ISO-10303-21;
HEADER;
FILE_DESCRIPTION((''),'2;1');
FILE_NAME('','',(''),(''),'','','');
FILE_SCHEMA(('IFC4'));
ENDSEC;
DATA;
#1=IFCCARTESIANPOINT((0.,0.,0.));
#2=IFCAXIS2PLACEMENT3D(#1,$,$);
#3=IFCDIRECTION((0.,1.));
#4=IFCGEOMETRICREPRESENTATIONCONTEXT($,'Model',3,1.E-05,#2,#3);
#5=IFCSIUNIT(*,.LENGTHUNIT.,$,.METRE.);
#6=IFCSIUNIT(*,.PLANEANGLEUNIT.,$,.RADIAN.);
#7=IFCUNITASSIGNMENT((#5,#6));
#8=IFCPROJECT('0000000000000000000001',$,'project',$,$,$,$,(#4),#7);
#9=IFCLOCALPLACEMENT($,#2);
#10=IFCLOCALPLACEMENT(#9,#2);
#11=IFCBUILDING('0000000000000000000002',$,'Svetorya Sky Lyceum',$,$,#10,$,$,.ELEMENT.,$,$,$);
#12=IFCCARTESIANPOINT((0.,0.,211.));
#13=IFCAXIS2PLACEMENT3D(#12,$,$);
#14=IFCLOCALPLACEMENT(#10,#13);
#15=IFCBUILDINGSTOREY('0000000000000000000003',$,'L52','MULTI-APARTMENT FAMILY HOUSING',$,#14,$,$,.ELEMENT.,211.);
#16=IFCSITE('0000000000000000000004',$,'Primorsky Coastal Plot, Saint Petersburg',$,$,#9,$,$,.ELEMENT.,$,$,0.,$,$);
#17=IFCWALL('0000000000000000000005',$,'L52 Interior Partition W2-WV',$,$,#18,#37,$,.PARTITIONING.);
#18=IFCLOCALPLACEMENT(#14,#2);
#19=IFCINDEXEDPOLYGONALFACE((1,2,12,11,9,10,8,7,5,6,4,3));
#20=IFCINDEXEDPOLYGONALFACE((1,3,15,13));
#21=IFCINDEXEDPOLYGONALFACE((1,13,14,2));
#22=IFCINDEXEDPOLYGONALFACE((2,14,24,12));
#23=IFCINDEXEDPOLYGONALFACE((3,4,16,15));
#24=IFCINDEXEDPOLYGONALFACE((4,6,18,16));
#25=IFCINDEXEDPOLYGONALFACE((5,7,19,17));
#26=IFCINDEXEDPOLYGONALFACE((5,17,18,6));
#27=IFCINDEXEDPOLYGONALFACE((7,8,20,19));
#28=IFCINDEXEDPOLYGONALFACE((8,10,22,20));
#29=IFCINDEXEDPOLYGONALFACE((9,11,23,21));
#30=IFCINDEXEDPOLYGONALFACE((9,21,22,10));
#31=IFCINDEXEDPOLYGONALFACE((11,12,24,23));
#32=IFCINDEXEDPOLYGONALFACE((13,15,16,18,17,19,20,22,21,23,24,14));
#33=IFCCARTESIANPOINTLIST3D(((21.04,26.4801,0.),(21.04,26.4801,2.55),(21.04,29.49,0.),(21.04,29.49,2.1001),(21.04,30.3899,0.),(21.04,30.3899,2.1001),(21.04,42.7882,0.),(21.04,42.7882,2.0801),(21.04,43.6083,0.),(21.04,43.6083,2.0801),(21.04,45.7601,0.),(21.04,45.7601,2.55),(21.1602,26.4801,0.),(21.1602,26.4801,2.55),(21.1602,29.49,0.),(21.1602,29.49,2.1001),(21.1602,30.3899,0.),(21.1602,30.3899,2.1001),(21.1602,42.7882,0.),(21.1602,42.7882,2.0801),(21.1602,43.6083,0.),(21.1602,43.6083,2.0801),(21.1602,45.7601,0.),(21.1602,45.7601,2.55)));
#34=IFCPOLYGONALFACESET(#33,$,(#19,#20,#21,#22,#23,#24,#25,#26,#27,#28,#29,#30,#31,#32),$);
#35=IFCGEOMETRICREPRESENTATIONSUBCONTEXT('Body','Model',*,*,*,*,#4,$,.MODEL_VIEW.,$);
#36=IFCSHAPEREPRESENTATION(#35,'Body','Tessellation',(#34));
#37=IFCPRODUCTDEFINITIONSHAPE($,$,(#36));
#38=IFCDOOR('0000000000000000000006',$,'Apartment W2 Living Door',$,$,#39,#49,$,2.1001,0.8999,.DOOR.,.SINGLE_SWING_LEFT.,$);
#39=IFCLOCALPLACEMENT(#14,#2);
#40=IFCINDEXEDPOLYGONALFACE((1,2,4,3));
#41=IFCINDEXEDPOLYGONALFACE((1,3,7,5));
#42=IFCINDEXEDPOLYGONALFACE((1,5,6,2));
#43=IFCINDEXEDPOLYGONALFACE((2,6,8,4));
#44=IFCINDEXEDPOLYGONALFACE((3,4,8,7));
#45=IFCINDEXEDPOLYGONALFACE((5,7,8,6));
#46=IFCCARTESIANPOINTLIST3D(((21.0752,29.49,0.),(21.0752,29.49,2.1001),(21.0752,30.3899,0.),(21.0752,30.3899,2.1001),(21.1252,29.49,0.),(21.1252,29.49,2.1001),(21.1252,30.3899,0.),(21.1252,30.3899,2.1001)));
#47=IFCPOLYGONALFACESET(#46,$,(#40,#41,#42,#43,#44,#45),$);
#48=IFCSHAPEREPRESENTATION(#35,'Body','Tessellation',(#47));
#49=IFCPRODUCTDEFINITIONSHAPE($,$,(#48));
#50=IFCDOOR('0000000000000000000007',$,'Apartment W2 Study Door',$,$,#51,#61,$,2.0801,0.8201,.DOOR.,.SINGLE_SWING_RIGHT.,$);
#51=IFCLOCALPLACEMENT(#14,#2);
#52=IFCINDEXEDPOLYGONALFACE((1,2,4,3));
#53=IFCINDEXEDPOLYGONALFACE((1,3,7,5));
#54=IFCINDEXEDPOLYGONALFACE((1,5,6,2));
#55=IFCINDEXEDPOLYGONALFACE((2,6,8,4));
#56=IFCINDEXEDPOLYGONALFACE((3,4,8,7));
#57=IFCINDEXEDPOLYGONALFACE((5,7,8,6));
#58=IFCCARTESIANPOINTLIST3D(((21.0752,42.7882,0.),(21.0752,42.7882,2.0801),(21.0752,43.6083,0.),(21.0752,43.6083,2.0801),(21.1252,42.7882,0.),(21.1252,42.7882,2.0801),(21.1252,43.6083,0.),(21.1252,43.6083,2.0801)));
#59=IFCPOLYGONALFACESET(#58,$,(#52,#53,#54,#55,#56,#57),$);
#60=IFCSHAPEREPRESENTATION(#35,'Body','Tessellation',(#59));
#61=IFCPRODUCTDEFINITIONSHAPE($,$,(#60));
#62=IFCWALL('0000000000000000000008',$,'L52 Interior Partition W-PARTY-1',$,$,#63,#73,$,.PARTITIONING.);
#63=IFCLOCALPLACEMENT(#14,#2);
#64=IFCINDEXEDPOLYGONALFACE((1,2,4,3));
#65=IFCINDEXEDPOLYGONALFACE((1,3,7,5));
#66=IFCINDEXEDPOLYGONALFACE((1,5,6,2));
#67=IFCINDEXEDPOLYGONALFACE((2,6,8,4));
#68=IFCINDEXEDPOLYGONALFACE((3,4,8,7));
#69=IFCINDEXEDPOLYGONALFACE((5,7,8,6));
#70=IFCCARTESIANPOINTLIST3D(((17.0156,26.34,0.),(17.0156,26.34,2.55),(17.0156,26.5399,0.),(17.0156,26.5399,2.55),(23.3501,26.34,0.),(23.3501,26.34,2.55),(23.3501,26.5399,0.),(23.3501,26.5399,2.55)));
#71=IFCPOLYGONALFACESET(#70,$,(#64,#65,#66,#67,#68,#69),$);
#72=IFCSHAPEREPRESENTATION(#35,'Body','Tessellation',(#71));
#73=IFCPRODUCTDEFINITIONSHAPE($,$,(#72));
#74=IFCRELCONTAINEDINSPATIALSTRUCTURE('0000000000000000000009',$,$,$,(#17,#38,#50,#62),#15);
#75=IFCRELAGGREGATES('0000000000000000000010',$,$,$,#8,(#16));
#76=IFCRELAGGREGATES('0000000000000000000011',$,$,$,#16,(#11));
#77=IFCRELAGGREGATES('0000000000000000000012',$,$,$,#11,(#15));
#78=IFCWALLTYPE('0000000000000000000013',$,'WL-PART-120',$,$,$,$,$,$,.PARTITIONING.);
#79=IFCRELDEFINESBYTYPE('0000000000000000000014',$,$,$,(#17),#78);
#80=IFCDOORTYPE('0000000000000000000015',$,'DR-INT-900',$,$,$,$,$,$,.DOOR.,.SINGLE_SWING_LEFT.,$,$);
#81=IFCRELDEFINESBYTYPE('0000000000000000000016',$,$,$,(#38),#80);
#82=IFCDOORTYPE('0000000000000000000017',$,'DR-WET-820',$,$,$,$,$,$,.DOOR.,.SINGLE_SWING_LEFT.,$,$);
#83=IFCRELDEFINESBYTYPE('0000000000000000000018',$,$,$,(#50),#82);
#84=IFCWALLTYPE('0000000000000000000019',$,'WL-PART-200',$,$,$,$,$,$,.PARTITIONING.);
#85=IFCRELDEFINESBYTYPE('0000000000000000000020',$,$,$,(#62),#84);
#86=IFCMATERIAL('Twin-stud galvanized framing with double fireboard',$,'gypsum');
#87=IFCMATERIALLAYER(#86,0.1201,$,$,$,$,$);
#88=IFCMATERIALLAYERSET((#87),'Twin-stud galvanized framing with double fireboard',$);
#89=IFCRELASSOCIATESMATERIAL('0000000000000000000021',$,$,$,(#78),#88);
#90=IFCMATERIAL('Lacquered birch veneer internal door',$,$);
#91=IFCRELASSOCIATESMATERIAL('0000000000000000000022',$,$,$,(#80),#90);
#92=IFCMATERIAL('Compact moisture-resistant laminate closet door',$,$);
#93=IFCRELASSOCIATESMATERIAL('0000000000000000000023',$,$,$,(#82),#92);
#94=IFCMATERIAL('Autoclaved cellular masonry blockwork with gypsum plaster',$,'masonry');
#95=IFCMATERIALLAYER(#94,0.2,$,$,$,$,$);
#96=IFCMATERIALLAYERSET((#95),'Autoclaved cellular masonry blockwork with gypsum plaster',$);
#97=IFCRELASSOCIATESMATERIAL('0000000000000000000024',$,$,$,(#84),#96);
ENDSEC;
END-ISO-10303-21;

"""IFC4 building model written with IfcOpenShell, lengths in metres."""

from ifc_helpers import new_model, si_unit, direction, frame, frame_2d, origin, place, context, subcontext, project, spatial, rectangle, extrude, material, layer, layer_set, type_object, element, fill, save


model = new_model("IFC4")

# Units and contexts
model_context = context("Model", 3, precision=1e-05, world=origin(), true_north=direction((0.0, 1.0)))
body_context = subcontext(model_context, "Body", "Model", "MODEL_VIEW")
ifc_project = project(units=[si_unit("LENGTHUNIT", "METRE"), si_unit("PLANEANGLEUNIT", "RADIAN")], contexts=[model_context])

# Site, building, storey
site_placement = place(None, origin())
site = spatial("IfcSite", under=ifc_project, at=site_placement, Name="Primorsky Coastal Plot, Saint Petersburg", CompositionType="ELEMENT", RefElevation=0.0)
building_placement = place(site_placement, origin())
building = spatial("IfcBuilding", under=site, at=building_placement, Name="Svetorya Sky Lyceum", CompositionType="ELEMENT")
storey_placement = place(building_placement, frame((0.0, 0.0, 211.0)))
storey = spatial("IfcBuildingStorey", under=building, at=storey_placement, Name="L52", Description="MULTI-APARTMENT FAMILY HOUSING", CompositionType="ELEMENT", Elevation=211.0)

# Shared definitions
ifc_material_1 = material(Name="Twin-stud galvanized framing with double fireboard", Category="gypsum")
ifc_layer_1 = layer(ifc_material_1, 0.1201)
ifc_layer_set_1 = layer_set([ifc_layer_1], Name="Twin-stud galvanized framing with double fireboard")
wall_type_1 = type_object("IfcWallType", Name="WL-PART-120", PredefinedType="PARTITIONING", material=ifc_layer_set_1)

# Shared definitions
ifc_material_2 = material(Name="Lacquered birch veneer internal door")
door_type_1 = type_object("IfcDoorType", Name="DR-INT-900", OperationType="SINGLE_SWING_LEFT", PredefinedType="DOOR", material=ifc_material_2)

# Wall, openings, doors
wall_1_placement = place(storey_placement, frame((21.1001, 26.48, 0.0), z_axis=(0.0, 0.0, 1.0), x_axis=(0.0, 1.0, 0.0)))
wall_1 = element("IfcWall", 1, at=wall_1_placement, inside=storey, type_object=wall_type_1, Name="L52 Interior Partition W2-WV", PredefinedType="PARTITIONING", context=body_context, shape_type="SweptSolid", body=[
    extrude(rectangle(XDim=19.28, YDim=0.1201, at=frame_2d((9.6401, 0.0))), origin(), (0.0, 0.0, 1.0), 2.55),
])
opening_1_placement = place(wall_1_placement, frame((3.01, 0.0, 0.0)))
opening_1 = element("IfcOpeningElement", 2, at=opening_1_placement, cuts=wall_1, PredefinedType="OPENING", context=body_context, shape_type="SweptSolid", body=[
    extrude(rectangle(XDim=0.8999, YDim=2.1001, at=frame_2d((0.45, 1.05))), frame((0.0, 0.0701, 0.0), z_axis=(0.0, -1.0, 0.0), x_axis=(1.0, 0.0, 0.0)), (0.0, 0.0, 1.0), 0.1401),
])
opening_2_placement = place(wall_1_placement, frame((16.3081, 0.0, 0.0)))
opening_2 = element("IfcOpeningElement", 3, at=opening_2_placement, cuts=wall_1, PredefinedType="OPENING", context=body_context, shape_type="SweptSolid", body=[
    extrude(rectangle(XDim=0.8201, YDim=2.0801, at=frame_2d((0.4102, 1.04))), frame((0.0, 0.0701, 0.0), z_axis=(0.0, -1.0, 0.0), x_axis=(1.0, 0.0, 0.0)), (0.0, 0.0, 1.0), 0.1401),
])
door_1_placement = place(opening_1_placement, origin())
door_1 = element("IfcDoor", 4, at=door_1_placement, inside=storey, type_object=door_type_1, Name="Apartment W2 Living Door", OperationType="SINGLE_SWING_LEFT", OverallHeight=2.1001, OverallWidth=0.8999, PredefinedType="DOOR", context=body_context, shape_type="SweptSolid", body=[
    extrude(rectangle(XDim=0.8999, YDim=2.1001, at=frame_2d((0.45, 1.05))), frame((0.0, 0.0249, 0.0), z_axis=(0.0, -1.0, 0.0), x_axis=(1.0, 0.0, 0.0)), (0.0, 0.0, 1.0), 0.05),
])
fill(opening_1, door_1)
ifc_material_3 = material(Name="Compact moisture-resistant laminate closet door")
door_type_2 = type_object("IfcDoorType", Name="DR-WET-820", OperationType="SINGLE_SWING_LEFT", PredefinedType="DOOR", material=ifc_material_3)
door_2_placement = place(opening_2_placement, origin())
door_2 = element("IfcDoor", 5, at=door_2_placement, inside=storey, type_object=door_type_2, Name="Apartment W2 Study Door", OperationType="SINGLE_SWING_RIGHT", OverallHeight=2.0801, OverallWidth=0.8201, PredefinedType="DOOR", context=body_context, shape_type="SweptSolid", body=[
    extrude(rectangle(XDim=0.8201, YDim=2.0801, at=frame_2d((0.4102, 1.04))), frame((0.0, 0.0249, 0.0), z_axis=(0.0, -1.0, 0.0), x_axis=(1.0, 0.0, 0.0)), (0.0, 0.0, 1.0), 0.05),
])
fill(opening_2, door_2)

# Wall
ifc_material_4 = material(Name="Autoclaved cellular masonry blockwork with gypsum plaster", Category="masonry")
ifc_layer_2 = layer(ifc_material_4, 0.2)
ifc_layer_set_2 = layer_set([ifc_layer_2], Name="Autoclaved cellular masonry blockwork with gypsum plaster")
wall_type_2 = type_object("IfcWallType", Name="WL-PART-200", PredefinedType="PARTITIONING", material=ifc_layer_set_2)
wall_2_placement = place(storey_placement, frame((17.0156, 26.4399, 0.0), z_axis=(0.0, 0.0, 1.0), x_axis=(1.0, 0.0, 0.0)))
element("IfcWall", 6, at=wall_2_placement, inside=storey, type_object=wall_type_2, Name="L52 Interior Partition W-PARTY-1", PredefinedType="PARTITIONING", context=body_context, shape_type="SweptSolid", body=[
    extrude(rectangle(XDim=6.3345, YDim=0.2, at=frame_2d((3.1672, 0.0))), origin(), (0.0, 0.0, 1.0), 2.55),
])

save(model, "model.ifc")
